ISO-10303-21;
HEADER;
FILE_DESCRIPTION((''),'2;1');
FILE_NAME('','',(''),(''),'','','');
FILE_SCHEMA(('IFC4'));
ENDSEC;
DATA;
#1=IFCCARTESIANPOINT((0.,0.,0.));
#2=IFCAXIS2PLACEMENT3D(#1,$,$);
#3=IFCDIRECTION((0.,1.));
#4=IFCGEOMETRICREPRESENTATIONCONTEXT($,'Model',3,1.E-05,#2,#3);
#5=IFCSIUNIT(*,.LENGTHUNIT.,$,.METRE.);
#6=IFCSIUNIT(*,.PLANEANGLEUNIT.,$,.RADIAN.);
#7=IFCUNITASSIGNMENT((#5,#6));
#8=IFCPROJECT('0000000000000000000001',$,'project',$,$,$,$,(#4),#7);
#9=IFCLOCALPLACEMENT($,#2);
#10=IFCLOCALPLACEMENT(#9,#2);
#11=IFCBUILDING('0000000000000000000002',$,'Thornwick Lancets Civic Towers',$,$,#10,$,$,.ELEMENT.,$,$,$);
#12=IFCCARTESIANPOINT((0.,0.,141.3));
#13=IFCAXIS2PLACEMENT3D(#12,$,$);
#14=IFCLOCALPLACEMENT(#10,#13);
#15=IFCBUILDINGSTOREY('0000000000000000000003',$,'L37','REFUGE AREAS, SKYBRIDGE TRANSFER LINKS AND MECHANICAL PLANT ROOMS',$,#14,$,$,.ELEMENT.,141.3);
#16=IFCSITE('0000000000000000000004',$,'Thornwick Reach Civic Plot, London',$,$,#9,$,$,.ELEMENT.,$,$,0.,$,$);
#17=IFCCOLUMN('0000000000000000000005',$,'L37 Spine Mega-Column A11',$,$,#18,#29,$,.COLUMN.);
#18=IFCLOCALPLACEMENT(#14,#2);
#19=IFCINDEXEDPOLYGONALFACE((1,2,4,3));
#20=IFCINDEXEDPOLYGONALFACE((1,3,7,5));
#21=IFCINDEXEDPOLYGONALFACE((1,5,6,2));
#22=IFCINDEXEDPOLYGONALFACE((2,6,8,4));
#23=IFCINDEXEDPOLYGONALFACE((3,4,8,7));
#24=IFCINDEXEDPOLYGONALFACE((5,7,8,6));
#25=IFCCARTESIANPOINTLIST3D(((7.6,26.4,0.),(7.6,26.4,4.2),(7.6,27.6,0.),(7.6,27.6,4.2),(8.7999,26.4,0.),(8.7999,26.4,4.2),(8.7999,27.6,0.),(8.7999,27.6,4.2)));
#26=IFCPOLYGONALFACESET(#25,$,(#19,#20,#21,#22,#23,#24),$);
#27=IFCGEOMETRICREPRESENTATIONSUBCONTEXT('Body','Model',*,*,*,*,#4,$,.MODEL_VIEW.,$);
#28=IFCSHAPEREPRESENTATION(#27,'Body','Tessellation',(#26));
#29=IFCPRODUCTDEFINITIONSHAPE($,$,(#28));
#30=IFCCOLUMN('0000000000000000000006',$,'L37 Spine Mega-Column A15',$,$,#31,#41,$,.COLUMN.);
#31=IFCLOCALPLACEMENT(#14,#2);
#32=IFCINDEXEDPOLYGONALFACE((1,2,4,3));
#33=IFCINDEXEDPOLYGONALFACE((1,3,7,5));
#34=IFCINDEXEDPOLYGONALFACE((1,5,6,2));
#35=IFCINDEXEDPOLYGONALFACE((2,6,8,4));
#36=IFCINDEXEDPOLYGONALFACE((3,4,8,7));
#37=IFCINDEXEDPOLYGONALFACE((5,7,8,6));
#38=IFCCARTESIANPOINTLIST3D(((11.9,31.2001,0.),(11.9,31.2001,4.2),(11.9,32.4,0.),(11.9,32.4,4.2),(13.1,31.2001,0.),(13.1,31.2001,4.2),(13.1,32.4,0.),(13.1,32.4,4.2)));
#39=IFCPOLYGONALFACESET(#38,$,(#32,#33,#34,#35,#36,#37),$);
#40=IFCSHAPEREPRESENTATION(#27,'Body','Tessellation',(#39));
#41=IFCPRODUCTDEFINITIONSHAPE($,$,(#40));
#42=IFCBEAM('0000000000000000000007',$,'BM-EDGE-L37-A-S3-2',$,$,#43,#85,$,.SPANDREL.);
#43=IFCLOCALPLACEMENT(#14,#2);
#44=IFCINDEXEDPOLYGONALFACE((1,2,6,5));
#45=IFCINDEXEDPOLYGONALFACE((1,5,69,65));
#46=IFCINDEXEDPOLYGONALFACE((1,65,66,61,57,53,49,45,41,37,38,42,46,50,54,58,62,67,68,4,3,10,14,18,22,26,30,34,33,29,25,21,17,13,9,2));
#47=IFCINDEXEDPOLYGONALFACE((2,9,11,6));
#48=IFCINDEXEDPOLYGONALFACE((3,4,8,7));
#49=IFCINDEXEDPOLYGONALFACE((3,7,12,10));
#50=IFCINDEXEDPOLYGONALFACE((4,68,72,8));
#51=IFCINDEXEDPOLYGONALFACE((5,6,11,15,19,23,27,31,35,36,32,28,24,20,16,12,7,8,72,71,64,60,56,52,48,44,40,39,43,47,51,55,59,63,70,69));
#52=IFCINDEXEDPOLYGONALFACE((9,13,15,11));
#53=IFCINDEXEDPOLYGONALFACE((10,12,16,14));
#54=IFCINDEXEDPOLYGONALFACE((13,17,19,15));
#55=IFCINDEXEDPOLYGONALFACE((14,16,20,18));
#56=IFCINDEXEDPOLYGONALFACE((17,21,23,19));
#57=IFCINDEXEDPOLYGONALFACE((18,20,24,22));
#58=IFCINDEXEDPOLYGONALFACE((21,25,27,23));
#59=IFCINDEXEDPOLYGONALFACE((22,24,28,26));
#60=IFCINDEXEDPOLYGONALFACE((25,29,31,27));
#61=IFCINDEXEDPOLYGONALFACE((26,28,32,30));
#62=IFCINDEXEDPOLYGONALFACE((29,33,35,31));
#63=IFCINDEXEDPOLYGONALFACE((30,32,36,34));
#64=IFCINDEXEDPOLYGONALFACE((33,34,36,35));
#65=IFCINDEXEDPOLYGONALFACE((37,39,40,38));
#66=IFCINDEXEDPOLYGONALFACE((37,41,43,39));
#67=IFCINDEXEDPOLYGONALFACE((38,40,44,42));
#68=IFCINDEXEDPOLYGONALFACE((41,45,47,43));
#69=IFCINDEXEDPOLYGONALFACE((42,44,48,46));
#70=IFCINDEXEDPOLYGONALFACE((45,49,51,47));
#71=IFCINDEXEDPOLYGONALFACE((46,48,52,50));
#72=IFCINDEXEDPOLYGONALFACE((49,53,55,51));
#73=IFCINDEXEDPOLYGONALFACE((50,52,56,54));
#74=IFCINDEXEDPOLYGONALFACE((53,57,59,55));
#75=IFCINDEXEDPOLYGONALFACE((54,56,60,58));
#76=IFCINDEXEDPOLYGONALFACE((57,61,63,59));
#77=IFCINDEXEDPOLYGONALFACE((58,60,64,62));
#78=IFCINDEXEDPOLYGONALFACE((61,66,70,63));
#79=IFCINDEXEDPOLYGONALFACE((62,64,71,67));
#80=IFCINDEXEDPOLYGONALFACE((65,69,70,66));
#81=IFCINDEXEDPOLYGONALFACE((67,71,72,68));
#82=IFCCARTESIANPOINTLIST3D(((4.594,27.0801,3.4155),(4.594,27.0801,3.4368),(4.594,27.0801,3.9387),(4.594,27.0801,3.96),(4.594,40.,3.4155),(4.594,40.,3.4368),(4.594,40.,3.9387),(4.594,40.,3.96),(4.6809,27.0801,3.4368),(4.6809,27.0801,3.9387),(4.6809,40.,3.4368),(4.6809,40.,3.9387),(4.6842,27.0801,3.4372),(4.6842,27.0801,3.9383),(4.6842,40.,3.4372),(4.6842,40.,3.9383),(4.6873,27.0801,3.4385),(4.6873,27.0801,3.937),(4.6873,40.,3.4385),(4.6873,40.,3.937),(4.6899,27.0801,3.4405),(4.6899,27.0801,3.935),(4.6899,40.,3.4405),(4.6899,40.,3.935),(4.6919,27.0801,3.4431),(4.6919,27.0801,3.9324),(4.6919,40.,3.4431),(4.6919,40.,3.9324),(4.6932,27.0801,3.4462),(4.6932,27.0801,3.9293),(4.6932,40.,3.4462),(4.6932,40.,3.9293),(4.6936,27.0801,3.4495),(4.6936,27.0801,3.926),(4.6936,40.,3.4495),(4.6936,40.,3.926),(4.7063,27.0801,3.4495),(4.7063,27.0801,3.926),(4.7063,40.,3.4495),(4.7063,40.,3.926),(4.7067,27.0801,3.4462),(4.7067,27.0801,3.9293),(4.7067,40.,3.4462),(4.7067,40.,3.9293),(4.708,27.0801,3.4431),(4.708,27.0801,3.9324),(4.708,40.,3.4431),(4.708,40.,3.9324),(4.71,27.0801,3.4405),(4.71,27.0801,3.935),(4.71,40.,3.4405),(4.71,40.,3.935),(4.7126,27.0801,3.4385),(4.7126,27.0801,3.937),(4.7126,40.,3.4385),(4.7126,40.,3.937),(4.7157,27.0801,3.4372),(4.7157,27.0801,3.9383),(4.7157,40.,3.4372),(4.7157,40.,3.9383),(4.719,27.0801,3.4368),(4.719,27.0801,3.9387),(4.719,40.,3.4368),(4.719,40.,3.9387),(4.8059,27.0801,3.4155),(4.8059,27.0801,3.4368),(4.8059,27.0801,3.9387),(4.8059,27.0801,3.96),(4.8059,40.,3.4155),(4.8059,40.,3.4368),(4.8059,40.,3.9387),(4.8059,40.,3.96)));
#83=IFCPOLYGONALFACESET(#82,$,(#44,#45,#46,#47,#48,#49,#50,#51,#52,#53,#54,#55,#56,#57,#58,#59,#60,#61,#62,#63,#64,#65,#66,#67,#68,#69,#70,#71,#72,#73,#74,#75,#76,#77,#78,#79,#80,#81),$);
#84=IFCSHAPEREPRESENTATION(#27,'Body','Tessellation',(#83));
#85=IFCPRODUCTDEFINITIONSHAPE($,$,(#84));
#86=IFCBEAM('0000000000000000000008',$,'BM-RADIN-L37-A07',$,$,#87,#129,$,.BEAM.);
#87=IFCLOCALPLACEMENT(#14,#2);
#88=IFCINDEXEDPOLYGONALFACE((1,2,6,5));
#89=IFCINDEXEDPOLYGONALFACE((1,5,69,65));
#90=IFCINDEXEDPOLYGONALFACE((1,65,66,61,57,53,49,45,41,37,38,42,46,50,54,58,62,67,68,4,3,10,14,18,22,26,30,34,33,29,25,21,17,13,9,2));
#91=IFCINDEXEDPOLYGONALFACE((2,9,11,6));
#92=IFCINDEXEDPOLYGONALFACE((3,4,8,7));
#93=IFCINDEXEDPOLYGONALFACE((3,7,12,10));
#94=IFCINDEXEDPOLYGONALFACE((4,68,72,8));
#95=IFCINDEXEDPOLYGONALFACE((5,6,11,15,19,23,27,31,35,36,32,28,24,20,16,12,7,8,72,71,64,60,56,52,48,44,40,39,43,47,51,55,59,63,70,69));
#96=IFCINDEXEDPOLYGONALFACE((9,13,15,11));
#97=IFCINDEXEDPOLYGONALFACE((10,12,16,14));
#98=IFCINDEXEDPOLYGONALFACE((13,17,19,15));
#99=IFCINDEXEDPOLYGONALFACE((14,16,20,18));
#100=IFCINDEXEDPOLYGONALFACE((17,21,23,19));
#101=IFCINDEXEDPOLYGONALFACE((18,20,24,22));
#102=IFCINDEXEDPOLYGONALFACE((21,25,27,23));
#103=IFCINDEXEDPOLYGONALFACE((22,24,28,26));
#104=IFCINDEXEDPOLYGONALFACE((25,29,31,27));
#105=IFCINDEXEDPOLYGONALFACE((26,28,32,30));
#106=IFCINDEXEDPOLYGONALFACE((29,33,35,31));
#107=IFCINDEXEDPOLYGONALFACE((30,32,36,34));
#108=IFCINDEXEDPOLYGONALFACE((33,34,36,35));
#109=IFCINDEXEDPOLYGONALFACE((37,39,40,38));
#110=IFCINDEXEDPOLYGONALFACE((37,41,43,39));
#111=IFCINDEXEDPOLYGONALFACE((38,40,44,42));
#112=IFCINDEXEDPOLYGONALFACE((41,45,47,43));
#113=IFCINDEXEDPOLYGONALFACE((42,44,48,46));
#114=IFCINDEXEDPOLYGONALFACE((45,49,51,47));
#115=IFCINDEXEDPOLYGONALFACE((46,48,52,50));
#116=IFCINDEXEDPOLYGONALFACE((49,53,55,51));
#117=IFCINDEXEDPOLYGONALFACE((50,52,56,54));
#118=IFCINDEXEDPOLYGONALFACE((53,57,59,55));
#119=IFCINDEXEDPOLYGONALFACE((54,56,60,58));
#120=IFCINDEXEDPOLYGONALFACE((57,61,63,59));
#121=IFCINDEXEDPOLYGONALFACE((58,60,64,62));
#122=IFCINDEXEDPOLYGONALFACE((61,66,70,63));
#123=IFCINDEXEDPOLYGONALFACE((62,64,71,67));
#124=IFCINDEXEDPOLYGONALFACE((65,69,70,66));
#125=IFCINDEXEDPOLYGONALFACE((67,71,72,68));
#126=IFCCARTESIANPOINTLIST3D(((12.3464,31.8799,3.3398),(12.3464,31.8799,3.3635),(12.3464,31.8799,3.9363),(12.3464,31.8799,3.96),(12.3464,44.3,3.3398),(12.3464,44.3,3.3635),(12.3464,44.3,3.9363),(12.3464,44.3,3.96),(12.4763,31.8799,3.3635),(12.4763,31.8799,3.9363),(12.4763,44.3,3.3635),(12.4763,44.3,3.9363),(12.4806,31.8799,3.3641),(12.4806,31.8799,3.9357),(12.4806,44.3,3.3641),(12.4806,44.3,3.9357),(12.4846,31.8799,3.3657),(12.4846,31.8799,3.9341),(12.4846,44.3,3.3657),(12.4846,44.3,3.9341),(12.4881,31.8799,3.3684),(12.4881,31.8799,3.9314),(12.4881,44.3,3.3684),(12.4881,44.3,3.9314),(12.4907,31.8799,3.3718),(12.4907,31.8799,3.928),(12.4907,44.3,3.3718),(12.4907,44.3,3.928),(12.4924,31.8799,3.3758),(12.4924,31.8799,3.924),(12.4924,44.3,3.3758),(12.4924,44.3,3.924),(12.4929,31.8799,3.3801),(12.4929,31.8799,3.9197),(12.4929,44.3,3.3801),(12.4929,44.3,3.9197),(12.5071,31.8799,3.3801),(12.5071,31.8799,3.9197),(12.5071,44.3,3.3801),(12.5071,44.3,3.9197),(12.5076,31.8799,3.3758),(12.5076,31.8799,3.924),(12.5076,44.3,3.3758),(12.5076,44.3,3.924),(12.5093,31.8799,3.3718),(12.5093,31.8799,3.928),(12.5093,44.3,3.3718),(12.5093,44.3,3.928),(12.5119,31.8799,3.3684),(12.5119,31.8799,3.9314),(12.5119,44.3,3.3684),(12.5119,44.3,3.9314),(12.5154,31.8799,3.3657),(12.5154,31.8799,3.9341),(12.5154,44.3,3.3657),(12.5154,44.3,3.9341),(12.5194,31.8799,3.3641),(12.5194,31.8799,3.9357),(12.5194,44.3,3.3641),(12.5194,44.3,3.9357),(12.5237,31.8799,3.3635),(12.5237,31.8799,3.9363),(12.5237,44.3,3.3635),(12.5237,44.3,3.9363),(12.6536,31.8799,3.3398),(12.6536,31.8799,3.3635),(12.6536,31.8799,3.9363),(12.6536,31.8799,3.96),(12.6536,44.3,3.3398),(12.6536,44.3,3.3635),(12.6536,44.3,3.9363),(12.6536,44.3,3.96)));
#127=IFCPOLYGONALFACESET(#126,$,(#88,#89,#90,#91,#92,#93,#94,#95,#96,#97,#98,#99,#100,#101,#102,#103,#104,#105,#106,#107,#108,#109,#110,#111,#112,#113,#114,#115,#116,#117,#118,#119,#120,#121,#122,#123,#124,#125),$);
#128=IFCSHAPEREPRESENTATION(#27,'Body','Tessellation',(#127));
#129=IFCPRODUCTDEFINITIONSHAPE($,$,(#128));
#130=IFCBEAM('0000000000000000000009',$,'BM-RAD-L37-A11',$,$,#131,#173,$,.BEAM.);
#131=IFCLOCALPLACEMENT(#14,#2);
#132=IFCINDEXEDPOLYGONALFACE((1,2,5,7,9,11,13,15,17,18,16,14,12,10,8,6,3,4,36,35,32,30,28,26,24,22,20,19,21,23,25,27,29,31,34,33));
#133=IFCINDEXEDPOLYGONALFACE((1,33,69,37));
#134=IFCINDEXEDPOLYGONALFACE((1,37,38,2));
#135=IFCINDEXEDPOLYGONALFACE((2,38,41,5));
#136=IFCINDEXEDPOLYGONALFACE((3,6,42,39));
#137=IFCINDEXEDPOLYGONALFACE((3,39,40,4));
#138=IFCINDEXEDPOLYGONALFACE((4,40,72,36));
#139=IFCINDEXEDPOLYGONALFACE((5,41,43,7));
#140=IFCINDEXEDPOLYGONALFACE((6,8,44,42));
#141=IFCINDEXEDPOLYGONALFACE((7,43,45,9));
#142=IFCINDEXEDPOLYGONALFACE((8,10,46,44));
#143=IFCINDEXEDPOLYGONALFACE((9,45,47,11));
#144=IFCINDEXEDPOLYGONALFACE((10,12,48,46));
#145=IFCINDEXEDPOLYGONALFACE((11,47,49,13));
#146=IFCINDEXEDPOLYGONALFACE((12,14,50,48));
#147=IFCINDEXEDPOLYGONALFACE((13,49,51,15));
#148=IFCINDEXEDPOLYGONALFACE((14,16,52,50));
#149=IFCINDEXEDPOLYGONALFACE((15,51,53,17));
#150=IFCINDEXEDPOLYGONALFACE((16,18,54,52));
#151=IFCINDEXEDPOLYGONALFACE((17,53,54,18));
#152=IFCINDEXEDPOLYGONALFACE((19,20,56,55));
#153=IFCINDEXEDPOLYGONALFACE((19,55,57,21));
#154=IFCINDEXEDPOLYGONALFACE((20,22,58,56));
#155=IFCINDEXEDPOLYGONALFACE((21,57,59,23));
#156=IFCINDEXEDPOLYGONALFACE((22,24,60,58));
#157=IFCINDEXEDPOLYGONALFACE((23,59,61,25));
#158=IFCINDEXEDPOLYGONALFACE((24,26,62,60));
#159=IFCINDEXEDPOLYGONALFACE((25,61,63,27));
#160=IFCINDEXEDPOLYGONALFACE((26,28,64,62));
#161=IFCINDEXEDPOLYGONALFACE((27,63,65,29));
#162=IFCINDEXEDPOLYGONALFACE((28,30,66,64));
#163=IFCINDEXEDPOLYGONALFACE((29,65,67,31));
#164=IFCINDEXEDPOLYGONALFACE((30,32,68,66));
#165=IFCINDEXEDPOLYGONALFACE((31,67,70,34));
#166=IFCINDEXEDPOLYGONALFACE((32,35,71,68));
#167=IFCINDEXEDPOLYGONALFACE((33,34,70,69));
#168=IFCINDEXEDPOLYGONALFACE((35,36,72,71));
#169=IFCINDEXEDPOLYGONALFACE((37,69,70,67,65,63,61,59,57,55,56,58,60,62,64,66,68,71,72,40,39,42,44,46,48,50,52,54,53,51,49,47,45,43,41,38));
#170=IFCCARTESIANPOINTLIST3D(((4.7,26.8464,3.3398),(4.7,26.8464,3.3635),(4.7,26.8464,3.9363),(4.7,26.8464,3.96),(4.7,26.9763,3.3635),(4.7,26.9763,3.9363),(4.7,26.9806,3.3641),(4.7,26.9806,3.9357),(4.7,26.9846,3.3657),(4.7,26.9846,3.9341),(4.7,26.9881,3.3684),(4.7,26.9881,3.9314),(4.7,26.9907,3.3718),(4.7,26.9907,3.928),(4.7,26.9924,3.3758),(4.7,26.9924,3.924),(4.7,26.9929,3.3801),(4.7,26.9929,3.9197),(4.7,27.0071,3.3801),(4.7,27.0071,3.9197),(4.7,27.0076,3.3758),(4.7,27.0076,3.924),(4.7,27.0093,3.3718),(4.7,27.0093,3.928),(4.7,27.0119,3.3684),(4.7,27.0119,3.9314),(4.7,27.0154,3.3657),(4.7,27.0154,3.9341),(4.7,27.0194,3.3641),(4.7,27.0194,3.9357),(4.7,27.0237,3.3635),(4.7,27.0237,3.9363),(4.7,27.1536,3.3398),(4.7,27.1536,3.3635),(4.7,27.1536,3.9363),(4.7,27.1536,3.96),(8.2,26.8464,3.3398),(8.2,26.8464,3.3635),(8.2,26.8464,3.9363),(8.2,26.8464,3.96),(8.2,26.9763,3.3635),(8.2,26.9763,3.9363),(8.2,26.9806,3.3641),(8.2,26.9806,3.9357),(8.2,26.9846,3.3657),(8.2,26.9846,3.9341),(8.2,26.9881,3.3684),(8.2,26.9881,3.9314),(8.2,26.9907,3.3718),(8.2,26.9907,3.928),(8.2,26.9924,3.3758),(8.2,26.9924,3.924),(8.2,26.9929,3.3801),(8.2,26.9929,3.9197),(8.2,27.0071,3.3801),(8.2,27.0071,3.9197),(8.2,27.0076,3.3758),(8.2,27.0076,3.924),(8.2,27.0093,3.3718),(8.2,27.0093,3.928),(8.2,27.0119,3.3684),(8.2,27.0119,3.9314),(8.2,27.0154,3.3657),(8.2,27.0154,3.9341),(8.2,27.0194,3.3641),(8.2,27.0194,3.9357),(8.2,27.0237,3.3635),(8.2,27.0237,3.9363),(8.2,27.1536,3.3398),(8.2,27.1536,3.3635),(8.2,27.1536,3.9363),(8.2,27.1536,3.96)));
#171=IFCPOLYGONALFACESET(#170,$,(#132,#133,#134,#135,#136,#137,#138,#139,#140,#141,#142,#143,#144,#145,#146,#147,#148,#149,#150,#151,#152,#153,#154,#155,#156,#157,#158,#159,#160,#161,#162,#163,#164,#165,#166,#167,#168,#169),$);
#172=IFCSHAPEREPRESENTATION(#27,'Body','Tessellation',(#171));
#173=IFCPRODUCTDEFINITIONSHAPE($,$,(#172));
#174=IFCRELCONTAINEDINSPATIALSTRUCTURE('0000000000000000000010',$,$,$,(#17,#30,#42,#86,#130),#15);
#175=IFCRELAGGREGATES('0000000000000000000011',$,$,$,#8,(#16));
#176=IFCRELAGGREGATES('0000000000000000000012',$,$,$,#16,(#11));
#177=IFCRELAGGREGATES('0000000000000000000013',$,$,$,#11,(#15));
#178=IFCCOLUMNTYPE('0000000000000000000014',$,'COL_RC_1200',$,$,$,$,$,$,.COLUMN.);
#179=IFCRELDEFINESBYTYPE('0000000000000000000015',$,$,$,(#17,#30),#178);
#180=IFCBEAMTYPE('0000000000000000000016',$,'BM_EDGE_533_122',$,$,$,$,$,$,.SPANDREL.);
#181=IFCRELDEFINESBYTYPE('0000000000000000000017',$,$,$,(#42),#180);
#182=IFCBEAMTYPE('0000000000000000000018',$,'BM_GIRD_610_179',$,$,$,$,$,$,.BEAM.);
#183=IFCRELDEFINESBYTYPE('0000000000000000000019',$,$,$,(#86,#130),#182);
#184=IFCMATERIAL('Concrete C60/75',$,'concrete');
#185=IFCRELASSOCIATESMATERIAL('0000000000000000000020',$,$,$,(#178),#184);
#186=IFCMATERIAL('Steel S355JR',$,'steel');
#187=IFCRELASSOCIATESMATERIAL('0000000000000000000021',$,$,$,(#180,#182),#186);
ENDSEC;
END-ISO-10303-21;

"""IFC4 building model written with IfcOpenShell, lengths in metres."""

from ifc_helpers import new_model, si_unit, direction, frame, origin, origin_2d, place, context, subcontext, project, spatial, rectangle, i_section, extrude, material, material_profile, profile_set, type_object, element, save


model = new_model("IFC4")

# Units and contexts
model_context = context("Model", 3, precision=1e-05, world=origin(), true_north=direction((0.0, 1.0)))
body_context = subcontext(model_context, "Body", "Model", "MODEL_VIEW")
ifc_project = project(units=[si_unit("LENGTHUNIT", "METRE"), si_unit("PLANEANGLEUNIT", "RADIAN")], contexts=[model_context])

# Site, building, storey
site_placement = place(None, origin())
site = spatial("IfcSite", under=ifc_project, at=site_placement, Name="Thornwick Reach Civic Plot, London", CompositionType="ELEMENT", RefElevation=0.0)
building_placement = place(site_placement, origin())
building = spatial("IfcBuilding", under=site, at=building_placement, Name="Thornwick Lancets Civic Towers", CompositionType="ELEMENT")
storey_placement = place(building_placement, frame((0.0, 0.0, 141.3)))
storey = spatial("IfcBuildingStorey", under=building, at=storey_placement, Name="L37", Description="REFUGE AREAS, SKYBRIDGE TRANSFER LINKS AND MECHANICAL PLANT ROOMS", CompositionType="ELEMENT", Elevation=141.3)

# Columns
ifc_material_1 = material(Name="Concrete C60/75", Category="concrete")
ifc_material_profile_1 = material_profile(ifc_material_1, rectangle(XDim=1.2, YDim=1.2, at=origin_2d()), Name="RC 1200x1200")
ifc_profile_set_1 = profile_set([ifc_material_profile_1], Name="Concrete C60/75")
column_type = type_object("IfcColumnType", Name="COL_RC_1200", PredefinedType="COLUMN", material=ifc_profile_set_1)
for number, where, z_axis, x_axis, name in (
    (1, (8.2, 27.0, 0.0), (0.0, 0.0, 1.0), (1.0, 0.0, 0.0), "L37 Spine Mega-Column A11"),
    (2, (12.5, 31.8, 0.0), (0.0, 0.0, 1.0), (1.0, 0.0, 0.0), "L37 Spine Mega-Column A15"),
):
    element("IfcColumn", number, at=place(storey_placement, frame(where, z_axis=z_axis, x_axis=x_axis)), inside=storey, type_object=column_type, Name=name, PredefinedType="COLUMN", context=body_context, shape_type="SweptSolid", body=[
        extrude(rectangle(XDim=1.2, YDim=1.2, at=origin_2d()), origin(), (0.0, 0.0, 1.0), 4.2),
    ])

# Beams
ifc_material_2 = material(Name="Steel S355JR", Category="steel")
ifc_material_profile_2 = material_profile(ifc_material_2, i_section(OverallWidth=0.2119, OverallDepth=0.5444, WebThickness=0.0127, FlangeThickness=0.0212, FilletRadius=0.0127, at=origin_2d()), Name="UKB 533x210x122")
ifc_profile_set_2 = profile_set([ifc_material_profile_2], Name="Steel S355JR")
beam_type_1 = type_object("IfcBeamType", Name="BM_EDGE_533_122", PredefinedType="SPANDREL", material=ifc_profile_set_2)
beam_1_placement = place(storey_placement, frame((4.7, 27.0801, 3.6877), z_axis=(0.0, 1.0, 0.0), x_axis=(-1.0, 0.0, 0.0)))
element("IfcBeam", 3, at=beam_1_placement, inside=storey, type_object=beam_type_1, Name="BM-EDGE-L37-A-S3-2", PredefinedType="SPANDREL", context=body_context, shape_type="SweptSolid", body=[
    extrude(i_section(OverallWidth=0.2119, OverallDepth=0.5444, WebThickness=0.0127, FlangeThickness=0.0212, FilletRadius=0.0127, at=origin_2d()), origin(), (0.0, 0.0, 1.0), 12.9199),
])
ifc_material_profile_3 = material_profile(ifc_material_2, i_section(OverallWidth=0.3071, OverallDepth=0.6201, WebThickness=0.0142, FlangeThickness=0.0237, FilletRadius=0.0166, at=origin_2d()), Name="UKB 610x305x179")
ifc_profile_set_3 = profile_set([ifc_material_profile_3], Name="Steel S355JR")
beam_type_2 = type_object("IfcBeamType", Name="BM_GIRD_610_179", PredefinedType="BEAM", material=ifc_profile_set_3)
beam_2_placement = place(storey_placement, frame((12.5, 31.8799, 3.6499), z_axis=(0.0, 1.0, 0.0), x_axis=(-1.0, 0.0, 0.0)))
element("IfcBeam", 4, at=beam_2_placement, inside=storey, type_object=beam_type_2, Name="BM-RADIN-L37-A07", PredefinedType="BEAM", context=body_context, shape_type="SweptSolid", body=[
    extrude(i_section(OverallWidth=0.3071, OverallDepth=0.6201, WebThickness=0.0142, FlangeThickness=0.0237, FilletRadius=0.0166, at=origin_2d()), origin(), (0.0, 0.0, 1.0), 12.4202),
])
beam_3_placement = place(storey_placement, frame((8.2, 27.0, 3.6499), z_axis=(-1.0, 0.0, 0.0), x_axis=(0.0, -1.0, 0.0)))
element("IfcBeam", 5, at=beam_3_placement, inside=storey, type_object=beam_type_2, Name="BM-RAD-L37-A11", PredefinedType="BEAM", context=body_context, shape_type="SweptSolid", body=[
    extrude(i_section(OverallWidth=0.3071, OverallDepth=0.6201, WebThickness=0.0142, FlangeThickness=0.0237, FilletRadius=0.0166, at=origin_2d()), origin(), (0.0, 0.0, 1.0), 3.5),
])

save(model, "model.ifc")
